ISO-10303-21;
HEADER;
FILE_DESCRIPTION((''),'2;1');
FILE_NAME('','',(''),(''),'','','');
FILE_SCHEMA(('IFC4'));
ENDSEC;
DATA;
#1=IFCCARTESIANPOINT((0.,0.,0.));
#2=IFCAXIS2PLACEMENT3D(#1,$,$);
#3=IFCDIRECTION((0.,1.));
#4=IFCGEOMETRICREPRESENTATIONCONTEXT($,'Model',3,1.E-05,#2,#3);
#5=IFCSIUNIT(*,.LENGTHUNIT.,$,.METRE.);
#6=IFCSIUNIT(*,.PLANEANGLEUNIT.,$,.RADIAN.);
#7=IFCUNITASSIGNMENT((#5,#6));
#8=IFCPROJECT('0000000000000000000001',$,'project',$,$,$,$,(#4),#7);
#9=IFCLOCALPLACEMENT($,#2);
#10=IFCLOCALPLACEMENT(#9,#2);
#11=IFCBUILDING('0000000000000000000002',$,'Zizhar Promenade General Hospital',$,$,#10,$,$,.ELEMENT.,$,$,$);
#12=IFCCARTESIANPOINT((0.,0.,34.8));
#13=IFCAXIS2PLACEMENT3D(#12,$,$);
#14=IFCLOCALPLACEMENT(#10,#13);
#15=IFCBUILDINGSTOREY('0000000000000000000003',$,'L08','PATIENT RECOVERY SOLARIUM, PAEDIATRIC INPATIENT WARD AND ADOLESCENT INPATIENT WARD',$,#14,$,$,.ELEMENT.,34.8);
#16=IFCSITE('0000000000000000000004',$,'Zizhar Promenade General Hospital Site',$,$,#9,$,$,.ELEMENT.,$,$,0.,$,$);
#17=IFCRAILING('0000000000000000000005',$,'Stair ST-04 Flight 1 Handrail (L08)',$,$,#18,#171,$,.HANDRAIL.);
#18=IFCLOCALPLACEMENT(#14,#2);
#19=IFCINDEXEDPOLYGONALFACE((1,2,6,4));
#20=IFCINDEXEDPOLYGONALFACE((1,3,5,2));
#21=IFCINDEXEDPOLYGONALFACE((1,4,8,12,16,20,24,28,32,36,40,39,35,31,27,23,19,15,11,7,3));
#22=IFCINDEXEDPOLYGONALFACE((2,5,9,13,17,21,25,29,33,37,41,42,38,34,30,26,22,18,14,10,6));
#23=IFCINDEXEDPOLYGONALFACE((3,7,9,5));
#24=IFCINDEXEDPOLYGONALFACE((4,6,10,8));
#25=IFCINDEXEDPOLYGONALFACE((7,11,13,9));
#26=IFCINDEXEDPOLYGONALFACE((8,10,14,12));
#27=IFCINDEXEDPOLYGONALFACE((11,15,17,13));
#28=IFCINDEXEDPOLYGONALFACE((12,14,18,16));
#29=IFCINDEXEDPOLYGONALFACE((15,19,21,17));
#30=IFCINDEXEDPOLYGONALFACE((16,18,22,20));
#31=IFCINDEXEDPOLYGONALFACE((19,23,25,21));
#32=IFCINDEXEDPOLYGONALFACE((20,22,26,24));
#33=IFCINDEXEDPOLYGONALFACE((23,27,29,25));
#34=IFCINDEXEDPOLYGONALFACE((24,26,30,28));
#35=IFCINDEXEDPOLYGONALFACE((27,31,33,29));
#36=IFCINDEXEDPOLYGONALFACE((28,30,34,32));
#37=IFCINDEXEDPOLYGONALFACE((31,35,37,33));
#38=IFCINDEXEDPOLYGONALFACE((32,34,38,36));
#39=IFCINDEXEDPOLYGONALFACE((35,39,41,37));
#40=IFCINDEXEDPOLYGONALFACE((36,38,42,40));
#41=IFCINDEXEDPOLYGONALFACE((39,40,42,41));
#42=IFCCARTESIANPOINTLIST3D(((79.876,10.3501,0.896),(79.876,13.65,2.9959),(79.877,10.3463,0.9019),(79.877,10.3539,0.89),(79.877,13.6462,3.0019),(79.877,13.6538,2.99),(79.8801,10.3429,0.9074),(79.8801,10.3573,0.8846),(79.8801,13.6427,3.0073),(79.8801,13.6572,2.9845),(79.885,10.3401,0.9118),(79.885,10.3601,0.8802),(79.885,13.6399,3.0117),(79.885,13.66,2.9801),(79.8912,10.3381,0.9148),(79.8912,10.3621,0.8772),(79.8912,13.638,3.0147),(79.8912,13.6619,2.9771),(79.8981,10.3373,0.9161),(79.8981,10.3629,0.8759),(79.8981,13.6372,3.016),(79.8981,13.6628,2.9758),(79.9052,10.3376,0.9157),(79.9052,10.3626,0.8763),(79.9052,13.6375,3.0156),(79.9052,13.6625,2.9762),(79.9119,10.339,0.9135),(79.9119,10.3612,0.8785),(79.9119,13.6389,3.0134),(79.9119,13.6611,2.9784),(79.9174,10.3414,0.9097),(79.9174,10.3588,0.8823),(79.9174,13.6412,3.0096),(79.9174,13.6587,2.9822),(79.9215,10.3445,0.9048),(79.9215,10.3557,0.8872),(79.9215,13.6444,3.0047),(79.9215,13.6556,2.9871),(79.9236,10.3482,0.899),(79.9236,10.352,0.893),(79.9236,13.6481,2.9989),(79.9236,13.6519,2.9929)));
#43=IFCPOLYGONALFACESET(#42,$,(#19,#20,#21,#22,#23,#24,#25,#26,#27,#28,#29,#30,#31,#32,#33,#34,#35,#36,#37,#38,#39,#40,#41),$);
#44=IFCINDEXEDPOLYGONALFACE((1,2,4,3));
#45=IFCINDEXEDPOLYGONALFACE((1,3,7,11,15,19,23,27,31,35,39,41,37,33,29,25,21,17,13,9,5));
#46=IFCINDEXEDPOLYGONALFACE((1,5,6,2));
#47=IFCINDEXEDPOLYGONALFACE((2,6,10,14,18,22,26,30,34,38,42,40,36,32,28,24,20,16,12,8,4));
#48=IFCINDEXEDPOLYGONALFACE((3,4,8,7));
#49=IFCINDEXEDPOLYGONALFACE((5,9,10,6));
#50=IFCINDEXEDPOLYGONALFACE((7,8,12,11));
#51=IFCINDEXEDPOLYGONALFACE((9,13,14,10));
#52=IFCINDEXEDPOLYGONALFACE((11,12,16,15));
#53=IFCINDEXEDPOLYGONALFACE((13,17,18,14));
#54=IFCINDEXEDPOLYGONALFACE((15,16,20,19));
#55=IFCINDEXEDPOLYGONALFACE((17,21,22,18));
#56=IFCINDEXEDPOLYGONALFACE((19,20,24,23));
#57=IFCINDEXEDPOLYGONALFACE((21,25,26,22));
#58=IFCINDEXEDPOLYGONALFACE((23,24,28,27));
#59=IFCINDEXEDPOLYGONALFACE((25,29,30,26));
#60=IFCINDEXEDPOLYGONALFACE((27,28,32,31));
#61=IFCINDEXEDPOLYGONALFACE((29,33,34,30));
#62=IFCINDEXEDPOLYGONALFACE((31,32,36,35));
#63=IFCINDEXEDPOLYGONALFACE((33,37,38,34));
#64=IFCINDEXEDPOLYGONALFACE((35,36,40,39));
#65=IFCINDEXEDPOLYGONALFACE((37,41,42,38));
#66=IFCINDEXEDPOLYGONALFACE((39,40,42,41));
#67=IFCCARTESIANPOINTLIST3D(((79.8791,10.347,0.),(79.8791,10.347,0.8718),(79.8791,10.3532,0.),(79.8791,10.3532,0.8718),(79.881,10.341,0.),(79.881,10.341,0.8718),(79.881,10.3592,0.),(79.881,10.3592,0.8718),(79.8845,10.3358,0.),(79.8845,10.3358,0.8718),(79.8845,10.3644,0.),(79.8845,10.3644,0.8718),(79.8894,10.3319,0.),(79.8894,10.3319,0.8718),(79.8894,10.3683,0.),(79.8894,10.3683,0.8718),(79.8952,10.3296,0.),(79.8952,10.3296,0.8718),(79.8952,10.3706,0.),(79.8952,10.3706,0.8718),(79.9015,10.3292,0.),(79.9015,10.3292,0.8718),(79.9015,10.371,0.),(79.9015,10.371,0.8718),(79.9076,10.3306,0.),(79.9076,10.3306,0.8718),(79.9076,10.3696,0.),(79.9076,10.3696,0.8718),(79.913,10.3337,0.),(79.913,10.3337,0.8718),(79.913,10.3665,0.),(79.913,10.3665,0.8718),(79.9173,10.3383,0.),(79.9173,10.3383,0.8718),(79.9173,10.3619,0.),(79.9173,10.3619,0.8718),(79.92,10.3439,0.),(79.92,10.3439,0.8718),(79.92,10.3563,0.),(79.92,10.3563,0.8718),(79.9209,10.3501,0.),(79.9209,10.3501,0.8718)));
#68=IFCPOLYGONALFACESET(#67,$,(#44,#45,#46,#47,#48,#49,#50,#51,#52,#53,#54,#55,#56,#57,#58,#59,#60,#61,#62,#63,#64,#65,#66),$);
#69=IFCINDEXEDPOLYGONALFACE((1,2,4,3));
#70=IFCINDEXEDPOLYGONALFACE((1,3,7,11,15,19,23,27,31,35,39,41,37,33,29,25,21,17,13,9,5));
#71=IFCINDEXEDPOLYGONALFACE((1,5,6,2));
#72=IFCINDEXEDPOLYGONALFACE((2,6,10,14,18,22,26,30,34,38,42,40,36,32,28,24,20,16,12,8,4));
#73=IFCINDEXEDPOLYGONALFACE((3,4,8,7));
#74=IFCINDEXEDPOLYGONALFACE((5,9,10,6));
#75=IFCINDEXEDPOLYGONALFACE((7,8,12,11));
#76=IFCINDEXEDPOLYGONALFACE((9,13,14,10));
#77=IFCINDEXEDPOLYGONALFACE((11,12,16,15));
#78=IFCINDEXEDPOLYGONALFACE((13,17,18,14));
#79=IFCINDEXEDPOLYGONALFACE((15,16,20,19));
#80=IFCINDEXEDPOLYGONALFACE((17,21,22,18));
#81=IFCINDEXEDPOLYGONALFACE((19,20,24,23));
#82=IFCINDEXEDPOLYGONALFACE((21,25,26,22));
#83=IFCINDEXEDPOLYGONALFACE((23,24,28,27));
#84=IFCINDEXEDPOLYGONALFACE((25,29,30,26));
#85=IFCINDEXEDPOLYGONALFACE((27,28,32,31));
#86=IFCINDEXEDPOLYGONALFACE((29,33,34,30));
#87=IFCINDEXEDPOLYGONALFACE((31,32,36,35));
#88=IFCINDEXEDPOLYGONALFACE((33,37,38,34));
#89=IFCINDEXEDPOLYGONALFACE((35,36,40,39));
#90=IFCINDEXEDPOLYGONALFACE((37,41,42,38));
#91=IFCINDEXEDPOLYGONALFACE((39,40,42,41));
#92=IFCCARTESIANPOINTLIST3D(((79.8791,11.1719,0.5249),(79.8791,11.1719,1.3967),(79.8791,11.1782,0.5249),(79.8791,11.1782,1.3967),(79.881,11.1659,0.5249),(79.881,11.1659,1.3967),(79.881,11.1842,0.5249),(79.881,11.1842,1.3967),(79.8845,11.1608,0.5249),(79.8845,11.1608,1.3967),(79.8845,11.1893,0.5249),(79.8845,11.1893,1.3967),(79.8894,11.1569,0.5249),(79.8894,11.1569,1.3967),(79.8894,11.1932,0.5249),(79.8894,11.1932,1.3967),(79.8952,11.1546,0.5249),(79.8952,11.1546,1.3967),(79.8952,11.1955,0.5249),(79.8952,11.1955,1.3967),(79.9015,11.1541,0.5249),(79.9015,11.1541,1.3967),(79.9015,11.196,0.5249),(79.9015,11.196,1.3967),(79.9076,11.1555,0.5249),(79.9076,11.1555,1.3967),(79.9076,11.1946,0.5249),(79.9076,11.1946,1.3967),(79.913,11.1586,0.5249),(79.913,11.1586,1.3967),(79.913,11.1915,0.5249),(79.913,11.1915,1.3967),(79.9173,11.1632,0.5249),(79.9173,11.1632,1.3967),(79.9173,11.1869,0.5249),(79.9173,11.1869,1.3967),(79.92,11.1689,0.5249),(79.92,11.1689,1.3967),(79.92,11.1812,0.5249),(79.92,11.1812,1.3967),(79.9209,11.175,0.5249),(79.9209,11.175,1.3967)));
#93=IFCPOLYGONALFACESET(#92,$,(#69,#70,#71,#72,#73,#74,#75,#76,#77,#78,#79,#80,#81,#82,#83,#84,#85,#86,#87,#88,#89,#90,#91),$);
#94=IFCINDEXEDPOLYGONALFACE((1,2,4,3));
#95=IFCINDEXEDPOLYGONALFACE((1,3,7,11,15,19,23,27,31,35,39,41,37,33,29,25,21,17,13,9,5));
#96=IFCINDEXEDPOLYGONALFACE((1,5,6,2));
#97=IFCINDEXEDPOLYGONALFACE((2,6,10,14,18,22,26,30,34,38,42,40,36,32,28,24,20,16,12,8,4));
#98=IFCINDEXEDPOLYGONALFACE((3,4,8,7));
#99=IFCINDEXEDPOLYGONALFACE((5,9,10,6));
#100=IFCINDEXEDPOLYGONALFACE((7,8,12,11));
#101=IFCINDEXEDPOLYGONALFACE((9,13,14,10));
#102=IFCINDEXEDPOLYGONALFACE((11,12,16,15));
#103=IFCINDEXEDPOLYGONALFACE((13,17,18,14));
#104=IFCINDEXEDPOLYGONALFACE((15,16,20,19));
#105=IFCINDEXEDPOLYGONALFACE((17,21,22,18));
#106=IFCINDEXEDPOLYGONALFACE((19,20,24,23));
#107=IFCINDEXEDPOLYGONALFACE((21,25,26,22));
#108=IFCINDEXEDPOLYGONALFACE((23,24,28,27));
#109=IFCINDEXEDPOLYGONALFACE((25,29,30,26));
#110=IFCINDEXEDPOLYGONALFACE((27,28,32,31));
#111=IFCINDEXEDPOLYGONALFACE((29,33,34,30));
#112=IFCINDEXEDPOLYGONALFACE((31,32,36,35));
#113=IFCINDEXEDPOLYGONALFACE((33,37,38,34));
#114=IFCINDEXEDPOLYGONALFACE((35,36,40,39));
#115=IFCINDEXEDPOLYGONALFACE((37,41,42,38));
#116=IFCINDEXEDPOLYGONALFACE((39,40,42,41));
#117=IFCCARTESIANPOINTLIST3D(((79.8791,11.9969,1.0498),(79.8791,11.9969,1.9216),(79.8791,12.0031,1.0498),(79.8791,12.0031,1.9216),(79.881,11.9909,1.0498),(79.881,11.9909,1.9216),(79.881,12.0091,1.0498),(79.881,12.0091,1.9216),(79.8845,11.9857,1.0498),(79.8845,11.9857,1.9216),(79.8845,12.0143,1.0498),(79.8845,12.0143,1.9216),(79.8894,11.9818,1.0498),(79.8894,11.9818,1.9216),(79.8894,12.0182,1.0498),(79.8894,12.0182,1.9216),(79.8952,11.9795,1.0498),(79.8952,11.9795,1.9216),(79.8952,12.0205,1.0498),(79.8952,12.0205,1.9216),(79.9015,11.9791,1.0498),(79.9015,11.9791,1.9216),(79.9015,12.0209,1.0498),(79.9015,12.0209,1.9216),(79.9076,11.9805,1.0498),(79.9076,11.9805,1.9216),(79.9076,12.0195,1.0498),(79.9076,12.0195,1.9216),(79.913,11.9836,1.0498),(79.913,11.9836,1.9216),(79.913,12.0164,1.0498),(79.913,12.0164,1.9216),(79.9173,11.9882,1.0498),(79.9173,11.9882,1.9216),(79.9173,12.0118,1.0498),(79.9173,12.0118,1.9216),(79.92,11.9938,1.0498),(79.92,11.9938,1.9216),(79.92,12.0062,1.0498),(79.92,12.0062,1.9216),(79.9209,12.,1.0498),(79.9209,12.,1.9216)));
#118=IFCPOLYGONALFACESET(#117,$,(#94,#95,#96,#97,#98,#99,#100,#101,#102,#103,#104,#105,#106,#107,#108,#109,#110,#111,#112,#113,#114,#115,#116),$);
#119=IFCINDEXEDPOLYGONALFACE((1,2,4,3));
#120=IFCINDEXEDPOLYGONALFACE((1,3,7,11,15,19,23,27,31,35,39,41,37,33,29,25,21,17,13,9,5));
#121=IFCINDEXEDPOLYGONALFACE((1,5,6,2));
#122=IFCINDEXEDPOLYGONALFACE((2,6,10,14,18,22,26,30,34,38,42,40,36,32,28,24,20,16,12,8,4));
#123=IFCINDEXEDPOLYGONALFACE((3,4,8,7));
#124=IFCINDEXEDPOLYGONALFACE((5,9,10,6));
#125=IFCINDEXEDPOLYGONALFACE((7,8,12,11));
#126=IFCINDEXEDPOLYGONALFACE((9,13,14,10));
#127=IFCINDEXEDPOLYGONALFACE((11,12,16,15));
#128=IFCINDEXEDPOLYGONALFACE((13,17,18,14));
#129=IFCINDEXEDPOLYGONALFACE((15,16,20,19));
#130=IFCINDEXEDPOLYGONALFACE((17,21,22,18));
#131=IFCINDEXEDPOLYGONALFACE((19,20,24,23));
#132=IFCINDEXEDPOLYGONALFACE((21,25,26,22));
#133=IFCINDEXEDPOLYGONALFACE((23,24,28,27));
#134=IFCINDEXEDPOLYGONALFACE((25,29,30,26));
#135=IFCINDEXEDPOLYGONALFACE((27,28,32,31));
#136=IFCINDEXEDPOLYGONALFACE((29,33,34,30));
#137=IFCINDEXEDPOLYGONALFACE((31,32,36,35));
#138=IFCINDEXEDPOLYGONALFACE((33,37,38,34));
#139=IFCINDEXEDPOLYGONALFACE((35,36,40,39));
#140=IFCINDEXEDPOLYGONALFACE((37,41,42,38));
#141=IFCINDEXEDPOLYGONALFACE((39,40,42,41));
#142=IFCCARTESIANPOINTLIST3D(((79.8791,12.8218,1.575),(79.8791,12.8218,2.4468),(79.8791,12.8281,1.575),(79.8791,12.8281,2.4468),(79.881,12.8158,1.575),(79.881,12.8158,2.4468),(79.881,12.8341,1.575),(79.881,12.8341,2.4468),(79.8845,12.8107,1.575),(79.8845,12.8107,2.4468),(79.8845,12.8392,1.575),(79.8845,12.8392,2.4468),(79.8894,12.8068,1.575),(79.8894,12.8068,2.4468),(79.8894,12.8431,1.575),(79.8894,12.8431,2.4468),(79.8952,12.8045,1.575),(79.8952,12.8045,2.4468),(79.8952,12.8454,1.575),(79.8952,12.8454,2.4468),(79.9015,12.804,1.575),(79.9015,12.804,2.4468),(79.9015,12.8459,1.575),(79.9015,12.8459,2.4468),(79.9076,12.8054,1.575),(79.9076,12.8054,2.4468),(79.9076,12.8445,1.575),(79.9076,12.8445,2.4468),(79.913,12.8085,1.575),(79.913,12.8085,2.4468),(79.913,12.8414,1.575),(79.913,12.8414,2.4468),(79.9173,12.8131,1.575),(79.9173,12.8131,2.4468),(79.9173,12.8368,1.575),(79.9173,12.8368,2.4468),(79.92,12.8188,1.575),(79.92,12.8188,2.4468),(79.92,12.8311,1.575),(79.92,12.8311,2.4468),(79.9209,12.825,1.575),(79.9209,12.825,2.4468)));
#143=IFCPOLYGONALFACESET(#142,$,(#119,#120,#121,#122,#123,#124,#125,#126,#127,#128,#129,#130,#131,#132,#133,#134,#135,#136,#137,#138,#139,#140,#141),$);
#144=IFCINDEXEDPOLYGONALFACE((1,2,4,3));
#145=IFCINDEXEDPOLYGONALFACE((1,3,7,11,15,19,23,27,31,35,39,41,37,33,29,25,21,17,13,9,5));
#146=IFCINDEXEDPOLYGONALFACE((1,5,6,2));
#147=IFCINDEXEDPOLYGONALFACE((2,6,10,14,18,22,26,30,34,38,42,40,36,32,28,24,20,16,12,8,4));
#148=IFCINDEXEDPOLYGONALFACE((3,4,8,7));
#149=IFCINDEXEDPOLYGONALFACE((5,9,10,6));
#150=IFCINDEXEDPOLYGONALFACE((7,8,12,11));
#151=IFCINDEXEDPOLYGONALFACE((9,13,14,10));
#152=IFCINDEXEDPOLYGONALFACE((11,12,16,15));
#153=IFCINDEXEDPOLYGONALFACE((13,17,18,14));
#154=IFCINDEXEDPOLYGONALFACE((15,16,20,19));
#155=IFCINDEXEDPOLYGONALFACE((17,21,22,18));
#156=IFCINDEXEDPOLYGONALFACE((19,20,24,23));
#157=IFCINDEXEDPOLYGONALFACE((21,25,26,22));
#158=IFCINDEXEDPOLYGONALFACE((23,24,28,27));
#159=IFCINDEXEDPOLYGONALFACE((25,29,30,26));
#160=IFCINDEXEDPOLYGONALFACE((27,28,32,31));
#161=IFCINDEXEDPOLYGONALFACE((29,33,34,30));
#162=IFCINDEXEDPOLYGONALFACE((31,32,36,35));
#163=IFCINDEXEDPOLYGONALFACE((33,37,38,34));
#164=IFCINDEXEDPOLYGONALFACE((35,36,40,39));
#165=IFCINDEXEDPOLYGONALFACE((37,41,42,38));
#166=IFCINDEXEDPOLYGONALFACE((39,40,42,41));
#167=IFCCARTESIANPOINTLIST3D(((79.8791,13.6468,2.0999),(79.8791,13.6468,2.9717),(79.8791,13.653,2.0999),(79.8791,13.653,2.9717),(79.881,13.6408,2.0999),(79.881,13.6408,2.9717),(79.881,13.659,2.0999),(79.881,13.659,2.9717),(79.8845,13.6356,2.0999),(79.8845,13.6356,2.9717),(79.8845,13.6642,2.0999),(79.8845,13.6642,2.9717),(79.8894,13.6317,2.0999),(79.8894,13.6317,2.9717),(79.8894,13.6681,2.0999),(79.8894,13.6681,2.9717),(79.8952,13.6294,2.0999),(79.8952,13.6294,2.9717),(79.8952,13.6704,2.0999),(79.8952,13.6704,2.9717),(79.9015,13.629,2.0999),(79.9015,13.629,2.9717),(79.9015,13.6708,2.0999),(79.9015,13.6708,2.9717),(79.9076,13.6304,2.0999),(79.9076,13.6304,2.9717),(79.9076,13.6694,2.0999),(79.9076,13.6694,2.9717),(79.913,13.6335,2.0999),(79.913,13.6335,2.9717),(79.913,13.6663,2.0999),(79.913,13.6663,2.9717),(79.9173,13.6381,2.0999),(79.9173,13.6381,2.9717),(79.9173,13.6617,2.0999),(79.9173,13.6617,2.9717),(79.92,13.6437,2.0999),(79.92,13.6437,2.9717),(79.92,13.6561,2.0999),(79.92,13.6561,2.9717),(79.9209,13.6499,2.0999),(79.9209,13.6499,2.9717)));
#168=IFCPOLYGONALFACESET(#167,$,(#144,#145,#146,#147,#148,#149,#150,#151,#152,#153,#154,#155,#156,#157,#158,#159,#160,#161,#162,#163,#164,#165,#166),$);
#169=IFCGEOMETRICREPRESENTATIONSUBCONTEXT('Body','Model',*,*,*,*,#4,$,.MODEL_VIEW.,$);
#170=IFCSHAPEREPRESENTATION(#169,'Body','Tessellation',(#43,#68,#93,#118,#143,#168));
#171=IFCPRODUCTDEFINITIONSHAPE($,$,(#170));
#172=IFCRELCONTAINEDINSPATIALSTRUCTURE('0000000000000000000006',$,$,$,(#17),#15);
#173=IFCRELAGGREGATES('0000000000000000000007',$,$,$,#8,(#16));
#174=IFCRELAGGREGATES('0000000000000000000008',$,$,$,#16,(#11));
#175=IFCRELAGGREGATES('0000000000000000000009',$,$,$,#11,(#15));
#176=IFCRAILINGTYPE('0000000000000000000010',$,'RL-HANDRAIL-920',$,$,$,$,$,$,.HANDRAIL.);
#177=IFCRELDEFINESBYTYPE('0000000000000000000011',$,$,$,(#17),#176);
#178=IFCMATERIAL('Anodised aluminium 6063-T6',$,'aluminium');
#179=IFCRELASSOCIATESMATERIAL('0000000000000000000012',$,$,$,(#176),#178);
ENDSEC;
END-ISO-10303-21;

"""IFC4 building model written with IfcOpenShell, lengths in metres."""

from ifc_helpers import new_model, si_unit, direction, frame, origin, origin_2d, place, context, subcontext, project, spatial, circle, hollow_circle, extrude, material, material_profile, profile_set, type_object, element, save


model = new_model("IFC4")

# Units and contexts
model_context = context("Model", 3, precision=1e-05, world=origin(), true_north=direction((0.0, 1.0)))
body_context = subcontext(model_context, "Body", "Model", "MODEL_VIEW")
ifc_project = project(units=[si_unit("LENGTHUNIT", "METRE"), si_unit("PLANEANGLEUNIT", "RADIAN")], contexts=[model_context])

# Site, building, storey
site_placement = place(None, origin())
site = spatial("IfcSite", under=ifc_project, at=site_placement, Name="Zizhar Promenade General Hospital Site", CompositionType="ELEMENT", RefElevation=0.0)
building_placement = place(site_placement, origin())
building = spatial("IfcBuilding", under=site, at=building_placement, Name="Zizhar Promenade General Hospital", CompositionType="ELEMENT")
storey_placement = place(building_placement, frame((0.0, 0.0, 34.8)))
storey = spatial("IfcBuildingStorey", under=building, at=storey_placement, Name="L08", Description="PATIENT RECOVERY SOLARIUM, PAEDIATRIC INPATIENT WARD AND ADOLESCENT INPATIENT WARD", CompositionType="ELEMENT", Elevation=34.8)

# Railing
ifc_material_1 = material(Name="Anodised aluminium 6063-T6", Category="aluminium")
ifc_material_profile_1 = material_profile(ifc_material_1, hollow_circle(Radius=0.0698, WallThickness=0.0063, at=origin_2d()))
ifc_profile_set_1 = profile_set([ifc_material_profile_1], Name="Anodised aluminium 6063-T6")
railing_type_1 = type_object("IfcRailingType", Name="RL-HANDRAIL-920", PredefinedType="HANDRAIL", material=ifc_profile_set_1)
railing_1_placement = place(storey_placement, frame((79.8999, 10.3501, 0.0)))
element("IfcRailing", 1, at=railing_1_placement, inside=storey, type_object=railing_type_1, Name="Stair ST-04 Flight 1 Handrail (L08)", PredefinedType="HANDRAIL", context=body_context, shape_type="SweptSolid", body=[
    extrude(circle(Radius=0.0239, at=origin_2d()), frame((0.0, 0.0, 0.896), z_axis=(0.0, 0.843664, 0.536871), x_axis=(-1.0, 0.0, 0.0)), (0.0, 0.0, 1.0), 3.9114),
    extrude(circle(Radius=0.021, at=origin_2d()), origin(), (0.0, 0.0, 1.0), 0.8718),
    extrude(circle(Radius=0.021, at=origin_2d()), frame((0.0, 0.825, 0.5249)), (0.0, 0.0, 1.0), 0.8718),
    extrude(circle(Radius=0.021, at=origin_2d()), frame((0.0, 1.6499, 1.0498)), (0.0, 0.0, 1.0), 0.8718),
    extrude(circle(Radius=0.021, at=origin_2d()), frame((0.0, 2.4749, 1.575)), (0.0, 0.0, 1.0), 0.8718),
    extrude(circle(Radius=0.021, at=origin_2d()), frame((0.0, 3.2998, 2.0999)), (0.0, 0.0, 1.0), 0.8718),
])

save(model, "model.ifc")
